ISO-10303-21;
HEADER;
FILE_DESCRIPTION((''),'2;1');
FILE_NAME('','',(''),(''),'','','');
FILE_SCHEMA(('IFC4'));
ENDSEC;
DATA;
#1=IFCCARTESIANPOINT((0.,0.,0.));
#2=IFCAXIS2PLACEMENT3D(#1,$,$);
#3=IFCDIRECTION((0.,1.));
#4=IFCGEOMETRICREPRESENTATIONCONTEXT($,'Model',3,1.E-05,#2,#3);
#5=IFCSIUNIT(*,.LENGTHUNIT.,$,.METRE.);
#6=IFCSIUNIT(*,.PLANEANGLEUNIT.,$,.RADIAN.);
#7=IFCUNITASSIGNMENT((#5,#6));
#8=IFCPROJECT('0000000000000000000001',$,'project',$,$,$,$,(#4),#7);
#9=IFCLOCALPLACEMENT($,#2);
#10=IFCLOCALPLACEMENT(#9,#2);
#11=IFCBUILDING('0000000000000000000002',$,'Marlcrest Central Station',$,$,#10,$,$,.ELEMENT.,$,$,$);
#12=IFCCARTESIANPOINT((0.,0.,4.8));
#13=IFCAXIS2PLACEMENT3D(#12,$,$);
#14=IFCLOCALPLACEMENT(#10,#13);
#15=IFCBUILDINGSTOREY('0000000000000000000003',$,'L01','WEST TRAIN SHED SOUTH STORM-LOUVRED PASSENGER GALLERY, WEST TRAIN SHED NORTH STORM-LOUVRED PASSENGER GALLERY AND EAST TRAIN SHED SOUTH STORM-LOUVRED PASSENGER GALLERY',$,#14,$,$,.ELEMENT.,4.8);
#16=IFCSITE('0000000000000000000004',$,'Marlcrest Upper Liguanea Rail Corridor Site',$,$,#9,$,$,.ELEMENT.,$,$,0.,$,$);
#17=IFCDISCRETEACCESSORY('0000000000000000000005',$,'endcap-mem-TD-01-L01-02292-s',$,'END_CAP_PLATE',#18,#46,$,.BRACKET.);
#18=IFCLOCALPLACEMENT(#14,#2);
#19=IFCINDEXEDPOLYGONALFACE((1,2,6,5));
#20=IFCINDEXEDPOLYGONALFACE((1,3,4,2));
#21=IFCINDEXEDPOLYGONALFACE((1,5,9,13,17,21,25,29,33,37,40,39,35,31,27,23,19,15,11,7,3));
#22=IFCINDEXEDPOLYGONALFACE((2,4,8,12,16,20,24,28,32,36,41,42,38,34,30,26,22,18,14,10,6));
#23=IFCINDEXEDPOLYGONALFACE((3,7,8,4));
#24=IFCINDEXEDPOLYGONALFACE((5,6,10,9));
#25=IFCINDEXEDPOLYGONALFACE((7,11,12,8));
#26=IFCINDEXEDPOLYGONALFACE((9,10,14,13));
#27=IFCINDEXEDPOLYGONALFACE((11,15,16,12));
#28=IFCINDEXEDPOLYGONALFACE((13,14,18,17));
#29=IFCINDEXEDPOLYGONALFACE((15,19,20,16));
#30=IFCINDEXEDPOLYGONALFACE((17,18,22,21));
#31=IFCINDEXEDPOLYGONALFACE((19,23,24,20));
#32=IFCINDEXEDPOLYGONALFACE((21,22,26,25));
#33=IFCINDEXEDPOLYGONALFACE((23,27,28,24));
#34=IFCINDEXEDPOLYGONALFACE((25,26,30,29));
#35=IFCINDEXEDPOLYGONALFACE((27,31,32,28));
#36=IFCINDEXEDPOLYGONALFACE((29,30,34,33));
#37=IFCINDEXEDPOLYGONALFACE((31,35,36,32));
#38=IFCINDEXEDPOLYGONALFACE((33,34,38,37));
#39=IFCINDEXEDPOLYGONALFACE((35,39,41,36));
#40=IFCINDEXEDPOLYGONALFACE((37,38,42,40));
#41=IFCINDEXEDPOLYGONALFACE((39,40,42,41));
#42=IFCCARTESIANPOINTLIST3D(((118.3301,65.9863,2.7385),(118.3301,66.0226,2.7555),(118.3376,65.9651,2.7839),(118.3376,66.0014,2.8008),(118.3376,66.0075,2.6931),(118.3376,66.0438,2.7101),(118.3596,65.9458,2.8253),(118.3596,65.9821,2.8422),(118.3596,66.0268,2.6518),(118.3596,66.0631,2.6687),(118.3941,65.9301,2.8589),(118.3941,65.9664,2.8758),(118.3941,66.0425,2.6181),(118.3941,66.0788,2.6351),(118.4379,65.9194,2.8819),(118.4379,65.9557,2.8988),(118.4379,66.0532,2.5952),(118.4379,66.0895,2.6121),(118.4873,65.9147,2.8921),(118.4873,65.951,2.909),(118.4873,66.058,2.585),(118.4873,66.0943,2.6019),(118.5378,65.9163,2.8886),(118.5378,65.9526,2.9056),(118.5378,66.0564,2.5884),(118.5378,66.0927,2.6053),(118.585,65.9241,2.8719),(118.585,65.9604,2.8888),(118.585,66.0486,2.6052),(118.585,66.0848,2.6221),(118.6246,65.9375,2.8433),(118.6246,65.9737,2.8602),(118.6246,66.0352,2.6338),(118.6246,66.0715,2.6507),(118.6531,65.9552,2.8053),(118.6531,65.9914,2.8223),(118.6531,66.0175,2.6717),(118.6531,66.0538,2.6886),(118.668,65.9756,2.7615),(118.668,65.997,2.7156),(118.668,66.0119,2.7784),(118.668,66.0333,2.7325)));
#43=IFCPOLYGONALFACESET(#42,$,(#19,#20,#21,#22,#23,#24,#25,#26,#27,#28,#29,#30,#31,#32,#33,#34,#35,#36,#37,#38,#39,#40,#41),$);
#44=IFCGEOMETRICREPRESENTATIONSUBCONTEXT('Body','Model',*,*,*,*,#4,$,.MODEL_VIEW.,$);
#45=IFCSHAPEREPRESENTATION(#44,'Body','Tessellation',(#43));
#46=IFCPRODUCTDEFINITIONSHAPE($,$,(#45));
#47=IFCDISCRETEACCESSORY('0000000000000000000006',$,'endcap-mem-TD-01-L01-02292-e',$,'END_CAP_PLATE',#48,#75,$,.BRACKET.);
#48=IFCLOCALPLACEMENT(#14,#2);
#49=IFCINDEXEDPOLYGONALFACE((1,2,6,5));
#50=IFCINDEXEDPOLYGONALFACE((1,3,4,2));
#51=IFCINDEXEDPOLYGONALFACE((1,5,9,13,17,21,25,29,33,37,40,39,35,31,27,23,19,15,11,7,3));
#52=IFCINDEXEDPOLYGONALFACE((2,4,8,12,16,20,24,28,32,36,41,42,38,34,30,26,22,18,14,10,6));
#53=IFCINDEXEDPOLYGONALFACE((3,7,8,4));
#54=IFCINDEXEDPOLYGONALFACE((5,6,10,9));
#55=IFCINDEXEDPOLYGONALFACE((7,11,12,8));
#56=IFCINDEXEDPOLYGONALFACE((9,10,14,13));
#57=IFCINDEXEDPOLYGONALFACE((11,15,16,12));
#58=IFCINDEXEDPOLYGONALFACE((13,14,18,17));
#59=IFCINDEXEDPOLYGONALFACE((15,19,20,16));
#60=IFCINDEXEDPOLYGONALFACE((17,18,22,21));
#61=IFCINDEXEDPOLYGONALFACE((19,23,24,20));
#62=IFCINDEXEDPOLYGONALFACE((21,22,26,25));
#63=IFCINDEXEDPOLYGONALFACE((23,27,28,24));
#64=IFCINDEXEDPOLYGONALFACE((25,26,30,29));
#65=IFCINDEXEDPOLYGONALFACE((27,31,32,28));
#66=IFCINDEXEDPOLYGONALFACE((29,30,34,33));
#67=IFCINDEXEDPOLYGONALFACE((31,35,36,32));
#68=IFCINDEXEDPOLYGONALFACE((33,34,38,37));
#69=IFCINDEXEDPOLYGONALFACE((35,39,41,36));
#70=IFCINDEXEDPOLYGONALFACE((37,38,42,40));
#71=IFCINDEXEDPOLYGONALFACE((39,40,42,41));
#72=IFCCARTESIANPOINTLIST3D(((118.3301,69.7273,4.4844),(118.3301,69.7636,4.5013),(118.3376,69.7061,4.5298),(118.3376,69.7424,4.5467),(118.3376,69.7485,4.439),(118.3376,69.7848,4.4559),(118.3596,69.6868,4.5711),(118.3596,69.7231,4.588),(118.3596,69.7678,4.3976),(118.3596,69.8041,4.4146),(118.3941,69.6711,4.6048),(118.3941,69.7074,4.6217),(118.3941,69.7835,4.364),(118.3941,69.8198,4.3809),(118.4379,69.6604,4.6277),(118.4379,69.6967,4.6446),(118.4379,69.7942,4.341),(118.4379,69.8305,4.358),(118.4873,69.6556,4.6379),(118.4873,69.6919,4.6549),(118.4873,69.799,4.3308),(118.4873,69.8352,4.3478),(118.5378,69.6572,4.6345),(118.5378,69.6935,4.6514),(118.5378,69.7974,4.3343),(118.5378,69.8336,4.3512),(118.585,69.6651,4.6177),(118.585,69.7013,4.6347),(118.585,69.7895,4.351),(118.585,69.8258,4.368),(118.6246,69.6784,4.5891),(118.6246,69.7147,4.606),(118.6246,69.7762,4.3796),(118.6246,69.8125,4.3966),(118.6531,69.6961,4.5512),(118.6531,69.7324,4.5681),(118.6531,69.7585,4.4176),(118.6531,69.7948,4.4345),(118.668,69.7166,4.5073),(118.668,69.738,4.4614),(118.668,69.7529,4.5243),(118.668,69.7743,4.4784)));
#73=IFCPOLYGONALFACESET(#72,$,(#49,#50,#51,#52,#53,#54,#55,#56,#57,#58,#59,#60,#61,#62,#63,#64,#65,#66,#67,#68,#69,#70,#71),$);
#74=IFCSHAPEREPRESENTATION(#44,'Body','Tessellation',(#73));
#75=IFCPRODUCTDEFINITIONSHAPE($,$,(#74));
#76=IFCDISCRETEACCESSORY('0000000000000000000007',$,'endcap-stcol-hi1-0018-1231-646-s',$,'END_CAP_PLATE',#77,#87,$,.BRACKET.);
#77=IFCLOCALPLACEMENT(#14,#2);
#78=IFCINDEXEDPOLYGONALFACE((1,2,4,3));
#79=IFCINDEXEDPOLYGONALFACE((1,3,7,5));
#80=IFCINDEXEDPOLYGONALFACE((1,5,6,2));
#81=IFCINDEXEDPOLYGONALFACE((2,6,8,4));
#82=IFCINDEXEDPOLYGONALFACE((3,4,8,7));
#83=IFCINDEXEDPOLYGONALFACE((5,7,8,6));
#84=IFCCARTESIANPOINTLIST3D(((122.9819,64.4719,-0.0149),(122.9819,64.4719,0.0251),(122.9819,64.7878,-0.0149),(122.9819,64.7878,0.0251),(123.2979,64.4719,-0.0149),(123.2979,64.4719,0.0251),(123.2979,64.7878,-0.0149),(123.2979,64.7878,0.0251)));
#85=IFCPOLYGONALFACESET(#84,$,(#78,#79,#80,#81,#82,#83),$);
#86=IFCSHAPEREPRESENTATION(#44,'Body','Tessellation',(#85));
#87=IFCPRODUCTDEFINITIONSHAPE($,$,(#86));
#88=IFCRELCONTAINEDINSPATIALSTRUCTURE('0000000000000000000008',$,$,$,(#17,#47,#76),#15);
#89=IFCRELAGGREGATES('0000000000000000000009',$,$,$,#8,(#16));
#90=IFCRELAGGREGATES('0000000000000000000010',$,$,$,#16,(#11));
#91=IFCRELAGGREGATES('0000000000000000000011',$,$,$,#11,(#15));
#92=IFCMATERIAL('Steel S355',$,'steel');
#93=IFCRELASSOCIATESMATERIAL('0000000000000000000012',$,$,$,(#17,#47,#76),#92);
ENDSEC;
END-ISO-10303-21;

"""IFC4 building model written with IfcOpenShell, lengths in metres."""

from ifc_helpers import new_model, si_unit, direction, frame, origin, origin_2d, place, context, subcontext, project, spatial, rectangle, circle, extrude, material, element, save


model = new_model("IFC4")

# Units and contexts
model_context = context("Model", 3, precision=1e-05, world=origin(), true_north=direction((0.0, 1.0)))
body_context = subcontext(model_context, "Body", "Model", "MODEL_VIEW")
ifc_project = project(units=[si_unit("LENGTHUNIT", "METRE"), si_unit("PLANEANGLEUNIT", "RADIAN")], contexts=[model_context])

# Site, building, storey
site_placement = place(None, origin())
site = spatial("IfcSite", under=ifc_project, at=site_placement, Name="Marlcrest Upper Liguanea Rail Corridor Site", CompositionType="ELEMENT", RefElevation=0.0)
building_placement = place(site_placement, origin())
building = spatial("IfcBuilding", under=site, at=building_placement, Name="Marlcrest Central Station", CompositionType="ELEMENT")
storey_placement = place(building_placement, frame((0.0, 0.0, 4.8)))
storey = spatial("IfcBuildingStorey", under=building, at=storey_placement, Name="L01", Description="WEST TRAIN SHED SOUTH STORM-LOUVRED PASSENGER GALLERY, WEST TRAIN SHED NORTH STORM-LOUVRED PASSENGER GALLERY AND EAST TRAIN SHED SOUTH STORM-LOUVRED PASSENGER GALLERY", CompositionType="ELEMENT", Elevation=4.8)

# Shared definitions
ifc_material_1 = material(Name="Steel S355", Category="steel")

# Discrete accessories
for number, where, z_axis, x_axis, name in (
    (1, (118.5, 65.9863, 2.7385), (0.0, 0.906183, 0.422885), (-1.0, 0.0, 0.0), "endcap-mem-TD-01-L01-02292-s"),
    (2, (118.5, 69.7273, 4.4844), (0.0, 0.906183, 0.422885), (-1.0, 0.0, 0.0), "endcap-mem-TD-01-L01-02292-e"),
):
    element("IfcDiscreteAccessory", number, at=place(storey_placement, frame(where, z_axis=z_axis, x_axis=x_axis)), inside=storey, material=ifc_material_1, Name=name, ObjectType="END_CAP_PLATE", PredefinedType="BRACKET", context=body_context, shape_type="SweptSolid", body=[
        extrude(circle(Radius=0.1699, at=origin_2d()), origin(), (0.0, 0.0, 1.0), 0.04),
    ])
discrete_accessory_placement = place(storey_placement, frame((123.1399, 64.6299, -0.0149), z_axis=(0.0, 0.0, 1.0), x_axis=(1.0, 0.0, 0.0)))
element("IfcDiscreteAccessory", 3, at=discrete_accessory_placement, inside=storey, material=ifc_material_1, Name="endcap-stcol-hi1-0018-1231-646-s", ObjectType="END_CAP_PLATE", PredefinedType="BRACKET", context=body_context, shape_type="SweptSolid", body=[
    extrude(rectangle(XDim=0.3159, YDim=0.3159, at=origin_2d()), origin(), (0.0, 0.0, 1.0), 0.04),
])

save(model, "model.ifc")
